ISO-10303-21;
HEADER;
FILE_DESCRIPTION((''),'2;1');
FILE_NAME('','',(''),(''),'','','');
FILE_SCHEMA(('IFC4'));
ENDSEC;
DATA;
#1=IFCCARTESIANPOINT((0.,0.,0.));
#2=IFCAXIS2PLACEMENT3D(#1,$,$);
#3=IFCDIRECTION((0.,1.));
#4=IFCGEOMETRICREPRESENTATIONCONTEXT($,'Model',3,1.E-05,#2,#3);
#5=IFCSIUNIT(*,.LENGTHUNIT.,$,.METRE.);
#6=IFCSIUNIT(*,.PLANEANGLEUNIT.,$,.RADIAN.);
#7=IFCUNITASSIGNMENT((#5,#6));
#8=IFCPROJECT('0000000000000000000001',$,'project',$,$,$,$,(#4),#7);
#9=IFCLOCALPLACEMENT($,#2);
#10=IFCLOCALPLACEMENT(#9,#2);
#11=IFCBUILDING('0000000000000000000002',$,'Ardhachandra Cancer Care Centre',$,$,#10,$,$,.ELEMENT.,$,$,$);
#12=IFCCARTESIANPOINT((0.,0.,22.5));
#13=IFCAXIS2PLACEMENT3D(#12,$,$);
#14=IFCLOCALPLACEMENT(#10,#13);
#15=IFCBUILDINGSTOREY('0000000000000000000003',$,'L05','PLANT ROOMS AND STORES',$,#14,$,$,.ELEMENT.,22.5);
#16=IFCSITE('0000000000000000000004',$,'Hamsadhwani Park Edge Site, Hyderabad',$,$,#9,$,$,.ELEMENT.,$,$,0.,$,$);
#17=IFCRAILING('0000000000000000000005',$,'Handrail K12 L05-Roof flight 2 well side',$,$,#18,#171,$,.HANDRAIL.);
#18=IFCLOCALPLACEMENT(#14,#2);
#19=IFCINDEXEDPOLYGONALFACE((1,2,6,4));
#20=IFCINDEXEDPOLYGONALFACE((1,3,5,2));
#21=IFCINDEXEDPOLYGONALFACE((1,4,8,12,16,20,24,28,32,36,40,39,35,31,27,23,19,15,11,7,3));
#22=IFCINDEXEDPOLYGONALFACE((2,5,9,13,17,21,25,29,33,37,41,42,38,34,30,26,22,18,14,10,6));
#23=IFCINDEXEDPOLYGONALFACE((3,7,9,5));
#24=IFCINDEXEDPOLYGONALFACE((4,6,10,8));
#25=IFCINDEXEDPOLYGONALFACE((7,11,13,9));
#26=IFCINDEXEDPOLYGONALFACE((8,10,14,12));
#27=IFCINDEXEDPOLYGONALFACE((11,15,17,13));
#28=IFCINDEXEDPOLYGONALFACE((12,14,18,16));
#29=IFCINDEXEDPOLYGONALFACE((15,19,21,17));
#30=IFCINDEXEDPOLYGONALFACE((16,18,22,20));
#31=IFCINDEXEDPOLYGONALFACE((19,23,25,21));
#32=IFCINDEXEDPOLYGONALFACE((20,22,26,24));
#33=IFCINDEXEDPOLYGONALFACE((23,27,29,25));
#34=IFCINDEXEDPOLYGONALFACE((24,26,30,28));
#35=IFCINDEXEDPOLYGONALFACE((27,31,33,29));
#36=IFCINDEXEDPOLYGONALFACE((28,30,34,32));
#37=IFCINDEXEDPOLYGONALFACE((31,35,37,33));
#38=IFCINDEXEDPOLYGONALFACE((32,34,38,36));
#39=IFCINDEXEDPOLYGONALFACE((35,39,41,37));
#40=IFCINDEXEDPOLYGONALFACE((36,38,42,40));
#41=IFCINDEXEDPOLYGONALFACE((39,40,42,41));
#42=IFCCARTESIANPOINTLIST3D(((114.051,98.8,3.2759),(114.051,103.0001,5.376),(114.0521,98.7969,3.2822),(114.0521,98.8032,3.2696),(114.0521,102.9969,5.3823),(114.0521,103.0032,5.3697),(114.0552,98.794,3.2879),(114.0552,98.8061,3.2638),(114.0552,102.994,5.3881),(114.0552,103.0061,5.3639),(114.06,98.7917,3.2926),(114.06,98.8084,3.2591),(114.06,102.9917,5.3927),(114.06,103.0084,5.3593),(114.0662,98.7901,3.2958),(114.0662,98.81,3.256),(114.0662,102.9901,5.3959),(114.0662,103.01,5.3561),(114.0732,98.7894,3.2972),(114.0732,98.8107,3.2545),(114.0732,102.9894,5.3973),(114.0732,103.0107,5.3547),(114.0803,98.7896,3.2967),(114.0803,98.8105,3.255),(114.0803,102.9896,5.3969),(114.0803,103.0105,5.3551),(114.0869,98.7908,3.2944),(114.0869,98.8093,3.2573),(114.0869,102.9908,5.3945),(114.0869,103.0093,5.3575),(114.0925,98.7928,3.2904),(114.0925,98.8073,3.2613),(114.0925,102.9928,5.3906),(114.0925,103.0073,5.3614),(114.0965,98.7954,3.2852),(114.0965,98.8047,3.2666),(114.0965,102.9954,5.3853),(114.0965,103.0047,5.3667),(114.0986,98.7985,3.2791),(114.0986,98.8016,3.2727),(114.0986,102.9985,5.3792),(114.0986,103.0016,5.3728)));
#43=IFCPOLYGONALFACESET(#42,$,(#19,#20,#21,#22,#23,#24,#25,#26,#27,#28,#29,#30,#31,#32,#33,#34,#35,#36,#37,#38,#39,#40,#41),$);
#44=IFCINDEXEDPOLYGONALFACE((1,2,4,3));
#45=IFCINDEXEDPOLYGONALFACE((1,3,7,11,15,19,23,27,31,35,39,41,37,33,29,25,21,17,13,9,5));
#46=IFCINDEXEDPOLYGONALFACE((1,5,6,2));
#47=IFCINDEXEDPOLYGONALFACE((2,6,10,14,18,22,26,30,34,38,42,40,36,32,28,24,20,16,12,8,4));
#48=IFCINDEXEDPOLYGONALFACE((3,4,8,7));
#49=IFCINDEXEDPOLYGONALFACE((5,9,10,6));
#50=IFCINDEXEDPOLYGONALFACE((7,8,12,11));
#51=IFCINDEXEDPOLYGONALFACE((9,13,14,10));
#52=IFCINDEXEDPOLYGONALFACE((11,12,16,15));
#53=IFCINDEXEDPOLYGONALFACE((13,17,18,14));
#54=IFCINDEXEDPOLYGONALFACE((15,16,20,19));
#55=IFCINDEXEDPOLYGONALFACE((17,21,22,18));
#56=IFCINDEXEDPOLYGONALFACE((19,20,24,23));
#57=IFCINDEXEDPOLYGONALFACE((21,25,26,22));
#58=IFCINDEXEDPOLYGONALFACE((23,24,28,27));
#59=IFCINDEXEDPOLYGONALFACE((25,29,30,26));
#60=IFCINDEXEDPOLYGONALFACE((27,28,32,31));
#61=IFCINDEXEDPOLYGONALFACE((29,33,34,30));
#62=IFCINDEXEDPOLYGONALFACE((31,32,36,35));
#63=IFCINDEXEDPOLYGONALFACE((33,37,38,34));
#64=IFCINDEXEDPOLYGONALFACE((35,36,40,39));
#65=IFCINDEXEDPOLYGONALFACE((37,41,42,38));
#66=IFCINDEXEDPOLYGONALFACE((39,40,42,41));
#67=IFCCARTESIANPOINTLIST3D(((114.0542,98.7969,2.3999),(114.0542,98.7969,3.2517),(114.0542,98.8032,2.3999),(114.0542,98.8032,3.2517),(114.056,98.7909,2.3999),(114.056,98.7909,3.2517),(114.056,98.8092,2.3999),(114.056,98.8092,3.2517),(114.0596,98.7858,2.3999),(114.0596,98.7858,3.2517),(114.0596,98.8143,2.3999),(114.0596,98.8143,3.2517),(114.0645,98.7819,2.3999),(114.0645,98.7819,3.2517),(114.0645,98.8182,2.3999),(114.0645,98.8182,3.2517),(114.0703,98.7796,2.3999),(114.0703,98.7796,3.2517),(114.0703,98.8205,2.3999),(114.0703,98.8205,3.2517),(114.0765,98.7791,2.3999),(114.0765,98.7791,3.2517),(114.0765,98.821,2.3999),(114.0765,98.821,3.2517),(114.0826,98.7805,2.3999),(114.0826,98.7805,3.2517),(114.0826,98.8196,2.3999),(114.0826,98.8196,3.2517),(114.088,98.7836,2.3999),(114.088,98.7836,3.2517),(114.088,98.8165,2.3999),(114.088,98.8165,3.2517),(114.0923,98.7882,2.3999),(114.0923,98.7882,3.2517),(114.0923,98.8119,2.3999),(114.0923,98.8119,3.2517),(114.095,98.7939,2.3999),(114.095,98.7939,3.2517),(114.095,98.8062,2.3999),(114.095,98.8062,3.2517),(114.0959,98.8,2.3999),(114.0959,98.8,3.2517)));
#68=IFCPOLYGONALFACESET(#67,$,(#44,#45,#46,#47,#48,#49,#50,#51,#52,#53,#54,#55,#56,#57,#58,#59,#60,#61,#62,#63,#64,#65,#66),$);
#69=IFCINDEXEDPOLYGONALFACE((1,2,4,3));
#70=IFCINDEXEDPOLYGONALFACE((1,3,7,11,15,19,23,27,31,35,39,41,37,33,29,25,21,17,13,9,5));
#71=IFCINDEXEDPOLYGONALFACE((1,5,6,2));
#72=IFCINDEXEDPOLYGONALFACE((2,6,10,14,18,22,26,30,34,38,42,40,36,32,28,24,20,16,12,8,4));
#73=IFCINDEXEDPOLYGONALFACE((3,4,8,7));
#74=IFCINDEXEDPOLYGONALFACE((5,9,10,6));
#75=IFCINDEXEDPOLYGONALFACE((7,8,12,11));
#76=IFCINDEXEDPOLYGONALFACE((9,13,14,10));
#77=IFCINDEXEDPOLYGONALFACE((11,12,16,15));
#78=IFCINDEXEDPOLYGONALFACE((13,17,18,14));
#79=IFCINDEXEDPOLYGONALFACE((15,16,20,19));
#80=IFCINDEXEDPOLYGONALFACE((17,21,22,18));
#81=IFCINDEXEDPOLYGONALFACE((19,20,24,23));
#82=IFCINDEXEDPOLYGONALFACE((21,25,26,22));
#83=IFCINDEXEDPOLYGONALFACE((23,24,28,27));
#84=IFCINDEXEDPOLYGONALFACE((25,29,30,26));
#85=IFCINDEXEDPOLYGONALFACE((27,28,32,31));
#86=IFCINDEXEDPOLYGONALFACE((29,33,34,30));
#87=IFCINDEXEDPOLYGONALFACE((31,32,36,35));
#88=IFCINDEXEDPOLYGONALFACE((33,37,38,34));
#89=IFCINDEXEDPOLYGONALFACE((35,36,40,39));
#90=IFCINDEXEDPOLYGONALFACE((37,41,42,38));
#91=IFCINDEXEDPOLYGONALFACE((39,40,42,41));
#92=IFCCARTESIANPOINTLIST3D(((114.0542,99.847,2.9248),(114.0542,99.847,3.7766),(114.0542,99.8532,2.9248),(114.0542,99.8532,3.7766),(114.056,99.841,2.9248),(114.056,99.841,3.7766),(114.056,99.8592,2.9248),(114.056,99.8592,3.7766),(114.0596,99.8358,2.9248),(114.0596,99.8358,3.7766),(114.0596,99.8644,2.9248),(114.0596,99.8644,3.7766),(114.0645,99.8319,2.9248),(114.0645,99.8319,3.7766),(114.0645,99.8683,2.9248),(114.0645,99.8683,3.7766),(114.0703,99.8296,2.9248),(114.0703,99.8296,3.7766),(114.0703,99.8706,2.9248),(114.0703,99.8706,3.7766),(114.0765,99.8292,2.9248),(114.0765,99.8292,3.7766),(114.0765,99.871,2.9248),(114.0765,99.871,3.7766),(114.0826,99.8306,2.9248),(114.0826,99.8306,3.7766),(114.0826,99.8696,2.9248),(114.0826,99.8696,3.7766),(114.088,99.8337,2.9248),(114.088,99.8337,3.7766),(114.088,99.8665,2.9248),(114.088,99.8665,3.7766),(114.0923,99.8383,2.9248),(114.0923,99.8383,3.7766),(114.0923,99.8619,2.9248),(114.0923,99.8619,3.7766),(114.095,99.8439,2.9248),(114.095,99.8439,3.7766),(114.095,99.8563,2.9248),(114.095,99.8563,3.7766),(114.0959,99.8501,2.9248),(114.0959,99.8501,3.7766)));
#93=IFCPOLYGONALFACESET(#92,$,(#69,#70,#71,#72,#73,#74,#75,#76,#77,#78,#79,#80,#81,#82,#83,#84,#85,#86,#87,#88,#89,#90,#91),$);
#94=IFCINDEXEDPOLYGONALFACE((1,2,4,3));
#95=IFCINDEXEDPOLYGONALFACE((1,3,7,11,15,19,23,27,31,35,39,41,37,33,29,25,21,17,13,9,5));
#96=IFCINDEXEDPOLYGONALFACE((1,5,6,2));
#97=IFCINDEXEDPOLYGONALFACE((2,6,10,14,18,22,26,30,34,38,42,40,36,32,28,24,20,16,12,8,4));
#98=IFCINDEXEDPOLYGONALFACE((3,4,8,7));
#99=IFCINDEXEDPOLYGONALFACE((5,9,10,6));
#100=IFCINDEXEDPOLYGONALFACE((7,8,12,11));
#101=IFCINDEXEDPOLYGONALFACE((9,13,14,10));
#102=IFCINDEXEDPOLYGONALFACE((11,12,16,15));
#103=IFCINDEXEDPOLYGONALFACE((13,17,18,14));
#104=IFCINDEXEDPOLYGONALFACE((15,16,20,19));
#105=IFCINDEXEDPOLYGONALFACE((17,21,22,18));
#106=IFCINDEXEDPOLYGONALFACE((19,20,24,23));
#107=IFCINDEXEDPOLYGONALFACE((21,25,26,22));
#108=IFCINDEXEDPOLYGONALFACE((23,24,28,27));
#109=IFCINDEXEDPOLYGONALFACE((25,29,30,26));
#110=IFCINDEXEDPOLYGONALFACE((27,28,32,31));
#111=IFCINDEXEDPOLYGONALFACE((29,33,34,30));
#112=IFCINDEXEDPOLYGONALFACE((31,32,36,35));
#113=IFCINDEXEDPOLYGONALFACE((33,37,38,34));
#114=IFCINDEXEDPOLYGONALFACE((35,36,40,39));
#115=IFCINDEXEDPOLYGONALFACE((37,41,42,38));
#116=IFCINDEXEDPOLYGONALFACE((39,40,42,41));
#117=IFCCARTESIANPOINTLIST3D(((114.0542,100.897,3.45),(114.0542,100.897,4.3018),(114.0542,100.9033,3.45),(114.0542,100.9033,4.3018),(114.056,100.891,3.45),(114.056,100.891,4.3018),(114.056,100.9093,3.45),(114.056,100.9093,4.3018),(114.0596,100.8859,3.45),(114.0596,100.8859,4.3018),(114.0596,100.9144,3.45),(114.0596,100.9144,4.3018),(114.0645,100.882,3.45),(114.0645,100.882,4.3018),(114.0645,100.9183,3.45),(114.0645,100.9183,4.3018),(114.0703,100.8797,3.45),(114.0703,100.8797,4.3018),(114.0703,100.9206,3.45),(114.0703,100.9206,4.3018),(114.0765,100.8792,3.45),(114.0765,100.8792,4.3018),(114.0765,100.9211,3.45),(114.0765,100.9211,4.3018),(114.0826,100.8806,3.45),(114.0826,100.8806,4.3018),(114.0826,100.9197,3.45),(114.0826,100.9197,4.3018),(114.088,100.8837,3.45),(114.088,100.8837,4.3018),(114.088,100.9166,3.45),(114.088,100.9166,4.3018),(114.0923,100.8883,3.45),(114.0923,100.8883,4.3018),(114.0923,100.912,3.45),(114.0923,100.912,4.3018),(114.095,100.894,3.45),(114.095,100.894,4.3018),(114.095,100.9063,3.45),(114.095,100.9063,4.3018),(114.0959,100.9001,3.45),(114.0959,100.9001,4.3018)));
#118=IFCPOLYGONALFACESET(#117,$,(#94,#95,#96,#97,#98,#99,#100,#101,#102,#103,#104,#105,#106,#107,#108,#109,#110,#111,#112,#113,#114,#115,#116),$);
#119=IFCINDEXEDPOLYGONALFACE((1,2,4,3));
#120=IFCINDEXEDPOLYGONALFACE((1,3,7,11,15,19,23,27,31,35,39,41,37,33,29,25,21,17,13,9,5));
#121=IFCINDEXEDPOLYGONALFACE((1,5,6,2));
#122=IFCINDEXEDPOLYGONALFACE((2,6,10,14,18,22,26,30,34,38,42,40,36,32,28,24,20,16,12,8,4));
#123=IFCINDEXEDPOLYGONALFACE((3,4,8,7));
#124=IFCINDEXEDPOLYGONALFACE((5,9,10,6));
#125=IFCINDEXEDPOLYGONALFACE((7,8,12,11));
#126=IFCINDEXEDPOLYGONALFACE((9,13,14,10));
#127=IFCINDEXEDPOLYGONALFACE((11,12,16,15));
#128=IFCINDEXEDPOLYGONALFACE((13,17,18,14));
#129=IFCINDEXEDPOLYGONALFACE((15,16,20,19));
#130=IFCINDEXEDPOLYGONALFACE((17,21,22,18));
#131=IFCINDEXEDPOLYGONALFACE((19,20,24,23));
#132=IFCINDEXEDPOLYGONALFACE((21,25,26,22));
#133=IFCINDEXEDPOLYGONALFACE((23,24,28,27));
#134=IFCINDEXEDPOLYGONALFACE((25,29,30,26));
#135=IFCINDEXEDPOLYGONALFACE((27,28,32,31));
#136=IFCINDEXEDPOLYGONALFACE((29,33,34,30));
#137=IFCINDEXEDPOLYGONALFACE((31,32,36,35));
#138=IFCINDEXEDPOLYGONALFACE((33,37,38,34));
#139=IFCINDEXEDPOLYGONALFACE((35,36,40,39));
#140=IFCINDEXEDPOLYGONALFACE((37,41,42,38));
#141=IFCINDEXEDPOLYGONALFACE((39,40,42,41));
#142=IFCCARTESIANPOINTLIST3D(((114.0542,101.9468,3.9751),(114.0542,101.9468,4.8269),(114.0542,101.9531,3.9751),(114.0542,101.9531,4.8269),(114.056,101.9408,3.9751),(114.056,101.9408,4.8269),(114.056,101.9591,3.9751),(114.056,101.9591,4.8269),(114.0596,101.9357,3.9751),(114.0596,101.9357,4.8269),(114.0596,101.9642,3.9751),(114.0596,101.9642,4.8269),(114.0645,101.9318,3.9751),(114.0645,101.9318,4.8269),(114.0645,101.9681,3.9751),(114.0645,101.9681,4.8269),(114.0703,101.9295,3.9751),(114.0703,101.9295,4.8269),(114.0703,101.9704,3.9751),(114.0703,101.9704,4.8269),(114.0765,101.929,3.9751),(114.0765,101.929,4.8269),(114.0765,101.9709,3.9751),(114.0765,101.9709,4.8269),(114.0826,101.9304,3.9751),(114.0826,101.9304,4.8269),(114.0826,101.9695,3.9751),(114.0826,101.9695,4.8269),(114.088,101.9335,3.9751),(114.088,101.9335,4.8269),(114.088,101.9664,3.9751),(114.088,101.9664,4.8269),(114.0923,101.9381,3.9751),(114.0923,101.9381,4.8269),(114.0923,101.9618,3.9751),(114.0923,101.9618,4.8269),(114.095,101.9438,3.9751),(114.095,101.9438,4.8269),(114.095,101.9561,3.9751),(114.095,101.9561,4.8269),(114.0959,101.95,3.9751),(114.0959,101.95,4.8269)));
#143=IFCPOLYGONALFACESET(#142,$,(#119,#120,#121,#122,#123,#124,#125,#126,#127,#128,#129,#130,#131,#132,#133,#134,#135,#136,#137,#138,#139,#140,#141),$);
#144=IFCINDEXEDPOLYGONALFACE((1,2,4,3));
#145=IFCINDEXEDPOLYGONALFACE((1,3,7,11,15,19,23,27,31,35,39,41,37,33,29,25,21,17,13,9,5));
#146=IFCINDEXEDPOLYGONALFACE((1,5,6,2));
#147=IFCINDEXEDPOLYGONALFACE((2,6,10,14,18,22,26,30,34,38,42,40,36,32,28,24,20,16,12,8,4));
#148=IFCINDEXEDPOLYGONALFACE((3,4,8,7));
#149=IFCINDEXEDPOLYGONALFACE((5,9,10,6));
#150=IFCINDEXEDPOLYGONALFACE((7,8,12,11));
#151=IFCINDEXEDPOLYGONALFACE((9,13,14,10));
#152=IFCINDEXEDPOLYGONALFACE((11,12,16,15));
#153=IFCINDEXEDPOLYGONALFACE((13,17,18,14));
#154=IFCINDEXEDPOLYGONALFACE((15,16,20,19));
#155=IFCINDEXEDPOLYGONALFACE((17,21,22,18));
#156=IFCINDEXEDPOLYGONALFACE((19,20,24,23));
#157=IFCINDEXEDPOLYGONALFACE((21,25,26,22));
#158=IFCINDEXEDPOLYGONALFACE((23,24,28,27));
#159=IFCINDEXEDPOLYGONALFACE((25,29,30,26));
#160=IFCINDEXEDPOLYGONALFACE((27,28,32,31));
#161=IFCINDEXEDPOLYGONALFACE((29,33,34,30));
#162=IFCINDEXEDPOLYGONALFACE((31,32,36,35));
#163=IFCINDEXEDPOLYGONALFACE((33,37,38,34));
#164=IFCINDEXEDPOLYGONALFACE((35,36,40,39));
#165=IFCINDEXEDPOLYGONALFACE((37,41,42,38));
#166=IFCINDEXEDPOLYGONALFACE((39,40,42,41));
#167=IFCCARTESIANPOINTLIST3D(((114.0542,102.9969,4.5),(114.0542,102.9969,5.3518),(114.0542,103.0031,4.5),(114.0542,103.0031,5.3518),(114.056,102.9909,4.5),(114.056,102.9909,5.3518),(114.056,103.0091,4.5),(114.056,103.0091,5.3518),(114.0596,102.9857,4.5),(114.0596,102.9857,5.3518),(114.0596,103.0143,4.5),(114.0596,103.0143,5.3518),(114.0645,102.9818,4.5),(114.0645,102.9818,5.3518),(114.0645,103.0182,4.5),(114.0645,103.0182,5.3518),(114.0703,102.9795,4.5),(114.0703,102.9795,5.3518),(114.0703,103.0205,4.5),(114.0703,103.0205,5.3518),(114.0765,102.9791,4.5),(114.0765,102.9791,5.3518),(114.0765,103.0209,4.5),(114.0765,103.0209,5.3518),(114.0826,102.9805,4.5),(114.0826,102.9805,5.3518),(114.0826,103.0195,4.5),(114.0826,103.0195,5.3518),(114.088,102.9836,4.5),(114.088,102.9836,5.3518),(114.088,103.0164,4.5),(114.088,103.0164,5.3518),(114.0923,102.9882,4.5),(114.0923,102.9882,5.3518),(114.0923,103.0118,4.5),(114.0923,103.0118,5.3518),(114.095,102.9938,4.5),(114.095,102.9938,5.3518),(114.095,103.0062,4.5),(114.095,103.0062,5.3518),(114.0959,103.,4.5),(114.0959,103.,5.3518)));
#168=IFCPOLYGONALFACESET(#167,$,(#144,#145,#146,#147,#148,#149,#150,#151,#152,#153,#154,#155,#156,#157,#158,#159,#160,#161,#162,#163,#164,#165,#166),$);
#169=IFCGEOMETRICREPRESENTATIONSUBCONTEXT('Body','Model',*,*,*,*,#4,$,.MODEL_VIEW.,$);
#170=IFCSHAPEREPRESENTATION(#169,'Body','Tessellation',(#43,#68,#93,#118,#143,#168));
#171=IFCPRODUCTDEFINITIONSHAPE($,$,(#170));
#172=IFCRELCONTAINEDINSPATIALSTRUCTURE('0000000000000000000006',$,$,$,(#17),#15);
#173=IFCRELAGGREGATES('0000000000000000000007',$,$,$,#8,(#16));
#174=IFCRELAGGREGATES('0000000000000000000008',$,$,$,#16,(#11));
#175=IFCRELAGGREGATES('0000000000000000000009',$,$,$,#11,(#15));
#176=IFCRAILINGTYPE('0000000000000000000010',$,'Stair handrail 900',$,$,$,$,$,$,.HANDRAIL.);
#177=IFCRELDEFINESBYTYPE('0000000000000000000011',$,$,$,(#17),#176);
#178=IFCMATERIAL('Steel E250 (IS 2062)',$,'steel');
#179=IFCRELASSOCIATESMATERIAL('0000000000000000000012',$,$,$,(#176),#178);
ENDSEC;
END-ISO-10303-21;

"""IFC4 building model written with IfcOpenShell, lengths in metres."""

from ifc_helpers import new_model, si_unit, direction, frame, origin, origin_2d, place, context, subcontext, project, spatial, circle, extrude, material, type_object, element, save


model = new_model("IFC4")

# Units and contexts
model_context = context("Model", 3, precision=1e-05, world=origin(), true_north=direction((0.0, 1.0)))
body_context = subcontext(model_context, "Body", "Model", "MODEL_VIEW")
ifc_project = project(units=[si_unit("LENGTHUNIT", "METRE"), si_unit("PLANEANGLEUNIT", "RADIAN")], contexts=[model_context])

# Site, building, storey
site_placement = place(None, origin())
site = spatial("IfcSite", under=ifc_project, at=site_placement, Name="Hamsadhwani Park Edge Site, Hyderabad", CompositionType="ELEMENT", RefElevation=0.0)
building_placement = place(site_placement, origin())
building = spatial("IfcBuilding", under=site, at=building_placement, Name="Ardhachandra Cancer Care Centre", CompositionType="ELEMENT")
storey_placement = place(building_placement, frame((0.0, 0.0, 22.5)))
storey = spatial("IfcBuildingStorey", under=building, at=storey_placement, Name="L05", Description="PLANT ROOMS AND STORES", CompositionType="ELEMENT", Elevation=22.5)

# Railing
ifc_material_1 = material(Name="Steel E250 (IS 2062)", Category="steel")
railing_type = type_object("IfcRailingType", Name="Stair handrail 900", PredefinedType="HANDRAIL", material=ifc_material_1)
for number, where, name in (
    (1, (114.075, 98.8, 2.3999), "Handrail K12 L05-Roof flight 2 well side"),
):
    element("IfcRailing", number, at=place(storey_placement, frame(where)), inside=storey, type_object=railing_type, Name=name, PredefinedType="HANDRAIL", context=body_context, shape_type="SweptSolid", body=[
        extrude(circle(Radius=0.0239, at=origin_2d()), frame((0.0, 0.0, 0.876), z_axis=(0.0, 0.894417, 0.447234), x_axis=(-1.0, 0.0, 0.0)), (0.0, 0.0, 1.0), 4.6958),
        extrude(circle(Radius=0.021, at=origin_2d()), origin(), (0.0, 0.0, 1.0), 0.8518),
        extrude(circle(Radius=0.021, at=origin_2d()), frame((0.0, 1.05, 0.5249)), (0.0, 0.0, 1.0), 0.8518),
        extrude(circle(Radius=0.021, at=origin_2d()), frame((0.0, 2.1001, 1.05)), (0.0, 0.0, 1.0), 0.8518),
        extrude(circle(Radius=0.021, at=origin_2d()), frame((0.0, 3.1499, 1.5752)), (0.0, 0.0, 1.0), 0.8518),
        extrude(circle(Radius=0.021, at=origin_2d()), frame((0.0, 4.2, 2.1001)), (0.0, 0.0, 1.0), 0.8518),
    ])

save(model, "model.ifc")
